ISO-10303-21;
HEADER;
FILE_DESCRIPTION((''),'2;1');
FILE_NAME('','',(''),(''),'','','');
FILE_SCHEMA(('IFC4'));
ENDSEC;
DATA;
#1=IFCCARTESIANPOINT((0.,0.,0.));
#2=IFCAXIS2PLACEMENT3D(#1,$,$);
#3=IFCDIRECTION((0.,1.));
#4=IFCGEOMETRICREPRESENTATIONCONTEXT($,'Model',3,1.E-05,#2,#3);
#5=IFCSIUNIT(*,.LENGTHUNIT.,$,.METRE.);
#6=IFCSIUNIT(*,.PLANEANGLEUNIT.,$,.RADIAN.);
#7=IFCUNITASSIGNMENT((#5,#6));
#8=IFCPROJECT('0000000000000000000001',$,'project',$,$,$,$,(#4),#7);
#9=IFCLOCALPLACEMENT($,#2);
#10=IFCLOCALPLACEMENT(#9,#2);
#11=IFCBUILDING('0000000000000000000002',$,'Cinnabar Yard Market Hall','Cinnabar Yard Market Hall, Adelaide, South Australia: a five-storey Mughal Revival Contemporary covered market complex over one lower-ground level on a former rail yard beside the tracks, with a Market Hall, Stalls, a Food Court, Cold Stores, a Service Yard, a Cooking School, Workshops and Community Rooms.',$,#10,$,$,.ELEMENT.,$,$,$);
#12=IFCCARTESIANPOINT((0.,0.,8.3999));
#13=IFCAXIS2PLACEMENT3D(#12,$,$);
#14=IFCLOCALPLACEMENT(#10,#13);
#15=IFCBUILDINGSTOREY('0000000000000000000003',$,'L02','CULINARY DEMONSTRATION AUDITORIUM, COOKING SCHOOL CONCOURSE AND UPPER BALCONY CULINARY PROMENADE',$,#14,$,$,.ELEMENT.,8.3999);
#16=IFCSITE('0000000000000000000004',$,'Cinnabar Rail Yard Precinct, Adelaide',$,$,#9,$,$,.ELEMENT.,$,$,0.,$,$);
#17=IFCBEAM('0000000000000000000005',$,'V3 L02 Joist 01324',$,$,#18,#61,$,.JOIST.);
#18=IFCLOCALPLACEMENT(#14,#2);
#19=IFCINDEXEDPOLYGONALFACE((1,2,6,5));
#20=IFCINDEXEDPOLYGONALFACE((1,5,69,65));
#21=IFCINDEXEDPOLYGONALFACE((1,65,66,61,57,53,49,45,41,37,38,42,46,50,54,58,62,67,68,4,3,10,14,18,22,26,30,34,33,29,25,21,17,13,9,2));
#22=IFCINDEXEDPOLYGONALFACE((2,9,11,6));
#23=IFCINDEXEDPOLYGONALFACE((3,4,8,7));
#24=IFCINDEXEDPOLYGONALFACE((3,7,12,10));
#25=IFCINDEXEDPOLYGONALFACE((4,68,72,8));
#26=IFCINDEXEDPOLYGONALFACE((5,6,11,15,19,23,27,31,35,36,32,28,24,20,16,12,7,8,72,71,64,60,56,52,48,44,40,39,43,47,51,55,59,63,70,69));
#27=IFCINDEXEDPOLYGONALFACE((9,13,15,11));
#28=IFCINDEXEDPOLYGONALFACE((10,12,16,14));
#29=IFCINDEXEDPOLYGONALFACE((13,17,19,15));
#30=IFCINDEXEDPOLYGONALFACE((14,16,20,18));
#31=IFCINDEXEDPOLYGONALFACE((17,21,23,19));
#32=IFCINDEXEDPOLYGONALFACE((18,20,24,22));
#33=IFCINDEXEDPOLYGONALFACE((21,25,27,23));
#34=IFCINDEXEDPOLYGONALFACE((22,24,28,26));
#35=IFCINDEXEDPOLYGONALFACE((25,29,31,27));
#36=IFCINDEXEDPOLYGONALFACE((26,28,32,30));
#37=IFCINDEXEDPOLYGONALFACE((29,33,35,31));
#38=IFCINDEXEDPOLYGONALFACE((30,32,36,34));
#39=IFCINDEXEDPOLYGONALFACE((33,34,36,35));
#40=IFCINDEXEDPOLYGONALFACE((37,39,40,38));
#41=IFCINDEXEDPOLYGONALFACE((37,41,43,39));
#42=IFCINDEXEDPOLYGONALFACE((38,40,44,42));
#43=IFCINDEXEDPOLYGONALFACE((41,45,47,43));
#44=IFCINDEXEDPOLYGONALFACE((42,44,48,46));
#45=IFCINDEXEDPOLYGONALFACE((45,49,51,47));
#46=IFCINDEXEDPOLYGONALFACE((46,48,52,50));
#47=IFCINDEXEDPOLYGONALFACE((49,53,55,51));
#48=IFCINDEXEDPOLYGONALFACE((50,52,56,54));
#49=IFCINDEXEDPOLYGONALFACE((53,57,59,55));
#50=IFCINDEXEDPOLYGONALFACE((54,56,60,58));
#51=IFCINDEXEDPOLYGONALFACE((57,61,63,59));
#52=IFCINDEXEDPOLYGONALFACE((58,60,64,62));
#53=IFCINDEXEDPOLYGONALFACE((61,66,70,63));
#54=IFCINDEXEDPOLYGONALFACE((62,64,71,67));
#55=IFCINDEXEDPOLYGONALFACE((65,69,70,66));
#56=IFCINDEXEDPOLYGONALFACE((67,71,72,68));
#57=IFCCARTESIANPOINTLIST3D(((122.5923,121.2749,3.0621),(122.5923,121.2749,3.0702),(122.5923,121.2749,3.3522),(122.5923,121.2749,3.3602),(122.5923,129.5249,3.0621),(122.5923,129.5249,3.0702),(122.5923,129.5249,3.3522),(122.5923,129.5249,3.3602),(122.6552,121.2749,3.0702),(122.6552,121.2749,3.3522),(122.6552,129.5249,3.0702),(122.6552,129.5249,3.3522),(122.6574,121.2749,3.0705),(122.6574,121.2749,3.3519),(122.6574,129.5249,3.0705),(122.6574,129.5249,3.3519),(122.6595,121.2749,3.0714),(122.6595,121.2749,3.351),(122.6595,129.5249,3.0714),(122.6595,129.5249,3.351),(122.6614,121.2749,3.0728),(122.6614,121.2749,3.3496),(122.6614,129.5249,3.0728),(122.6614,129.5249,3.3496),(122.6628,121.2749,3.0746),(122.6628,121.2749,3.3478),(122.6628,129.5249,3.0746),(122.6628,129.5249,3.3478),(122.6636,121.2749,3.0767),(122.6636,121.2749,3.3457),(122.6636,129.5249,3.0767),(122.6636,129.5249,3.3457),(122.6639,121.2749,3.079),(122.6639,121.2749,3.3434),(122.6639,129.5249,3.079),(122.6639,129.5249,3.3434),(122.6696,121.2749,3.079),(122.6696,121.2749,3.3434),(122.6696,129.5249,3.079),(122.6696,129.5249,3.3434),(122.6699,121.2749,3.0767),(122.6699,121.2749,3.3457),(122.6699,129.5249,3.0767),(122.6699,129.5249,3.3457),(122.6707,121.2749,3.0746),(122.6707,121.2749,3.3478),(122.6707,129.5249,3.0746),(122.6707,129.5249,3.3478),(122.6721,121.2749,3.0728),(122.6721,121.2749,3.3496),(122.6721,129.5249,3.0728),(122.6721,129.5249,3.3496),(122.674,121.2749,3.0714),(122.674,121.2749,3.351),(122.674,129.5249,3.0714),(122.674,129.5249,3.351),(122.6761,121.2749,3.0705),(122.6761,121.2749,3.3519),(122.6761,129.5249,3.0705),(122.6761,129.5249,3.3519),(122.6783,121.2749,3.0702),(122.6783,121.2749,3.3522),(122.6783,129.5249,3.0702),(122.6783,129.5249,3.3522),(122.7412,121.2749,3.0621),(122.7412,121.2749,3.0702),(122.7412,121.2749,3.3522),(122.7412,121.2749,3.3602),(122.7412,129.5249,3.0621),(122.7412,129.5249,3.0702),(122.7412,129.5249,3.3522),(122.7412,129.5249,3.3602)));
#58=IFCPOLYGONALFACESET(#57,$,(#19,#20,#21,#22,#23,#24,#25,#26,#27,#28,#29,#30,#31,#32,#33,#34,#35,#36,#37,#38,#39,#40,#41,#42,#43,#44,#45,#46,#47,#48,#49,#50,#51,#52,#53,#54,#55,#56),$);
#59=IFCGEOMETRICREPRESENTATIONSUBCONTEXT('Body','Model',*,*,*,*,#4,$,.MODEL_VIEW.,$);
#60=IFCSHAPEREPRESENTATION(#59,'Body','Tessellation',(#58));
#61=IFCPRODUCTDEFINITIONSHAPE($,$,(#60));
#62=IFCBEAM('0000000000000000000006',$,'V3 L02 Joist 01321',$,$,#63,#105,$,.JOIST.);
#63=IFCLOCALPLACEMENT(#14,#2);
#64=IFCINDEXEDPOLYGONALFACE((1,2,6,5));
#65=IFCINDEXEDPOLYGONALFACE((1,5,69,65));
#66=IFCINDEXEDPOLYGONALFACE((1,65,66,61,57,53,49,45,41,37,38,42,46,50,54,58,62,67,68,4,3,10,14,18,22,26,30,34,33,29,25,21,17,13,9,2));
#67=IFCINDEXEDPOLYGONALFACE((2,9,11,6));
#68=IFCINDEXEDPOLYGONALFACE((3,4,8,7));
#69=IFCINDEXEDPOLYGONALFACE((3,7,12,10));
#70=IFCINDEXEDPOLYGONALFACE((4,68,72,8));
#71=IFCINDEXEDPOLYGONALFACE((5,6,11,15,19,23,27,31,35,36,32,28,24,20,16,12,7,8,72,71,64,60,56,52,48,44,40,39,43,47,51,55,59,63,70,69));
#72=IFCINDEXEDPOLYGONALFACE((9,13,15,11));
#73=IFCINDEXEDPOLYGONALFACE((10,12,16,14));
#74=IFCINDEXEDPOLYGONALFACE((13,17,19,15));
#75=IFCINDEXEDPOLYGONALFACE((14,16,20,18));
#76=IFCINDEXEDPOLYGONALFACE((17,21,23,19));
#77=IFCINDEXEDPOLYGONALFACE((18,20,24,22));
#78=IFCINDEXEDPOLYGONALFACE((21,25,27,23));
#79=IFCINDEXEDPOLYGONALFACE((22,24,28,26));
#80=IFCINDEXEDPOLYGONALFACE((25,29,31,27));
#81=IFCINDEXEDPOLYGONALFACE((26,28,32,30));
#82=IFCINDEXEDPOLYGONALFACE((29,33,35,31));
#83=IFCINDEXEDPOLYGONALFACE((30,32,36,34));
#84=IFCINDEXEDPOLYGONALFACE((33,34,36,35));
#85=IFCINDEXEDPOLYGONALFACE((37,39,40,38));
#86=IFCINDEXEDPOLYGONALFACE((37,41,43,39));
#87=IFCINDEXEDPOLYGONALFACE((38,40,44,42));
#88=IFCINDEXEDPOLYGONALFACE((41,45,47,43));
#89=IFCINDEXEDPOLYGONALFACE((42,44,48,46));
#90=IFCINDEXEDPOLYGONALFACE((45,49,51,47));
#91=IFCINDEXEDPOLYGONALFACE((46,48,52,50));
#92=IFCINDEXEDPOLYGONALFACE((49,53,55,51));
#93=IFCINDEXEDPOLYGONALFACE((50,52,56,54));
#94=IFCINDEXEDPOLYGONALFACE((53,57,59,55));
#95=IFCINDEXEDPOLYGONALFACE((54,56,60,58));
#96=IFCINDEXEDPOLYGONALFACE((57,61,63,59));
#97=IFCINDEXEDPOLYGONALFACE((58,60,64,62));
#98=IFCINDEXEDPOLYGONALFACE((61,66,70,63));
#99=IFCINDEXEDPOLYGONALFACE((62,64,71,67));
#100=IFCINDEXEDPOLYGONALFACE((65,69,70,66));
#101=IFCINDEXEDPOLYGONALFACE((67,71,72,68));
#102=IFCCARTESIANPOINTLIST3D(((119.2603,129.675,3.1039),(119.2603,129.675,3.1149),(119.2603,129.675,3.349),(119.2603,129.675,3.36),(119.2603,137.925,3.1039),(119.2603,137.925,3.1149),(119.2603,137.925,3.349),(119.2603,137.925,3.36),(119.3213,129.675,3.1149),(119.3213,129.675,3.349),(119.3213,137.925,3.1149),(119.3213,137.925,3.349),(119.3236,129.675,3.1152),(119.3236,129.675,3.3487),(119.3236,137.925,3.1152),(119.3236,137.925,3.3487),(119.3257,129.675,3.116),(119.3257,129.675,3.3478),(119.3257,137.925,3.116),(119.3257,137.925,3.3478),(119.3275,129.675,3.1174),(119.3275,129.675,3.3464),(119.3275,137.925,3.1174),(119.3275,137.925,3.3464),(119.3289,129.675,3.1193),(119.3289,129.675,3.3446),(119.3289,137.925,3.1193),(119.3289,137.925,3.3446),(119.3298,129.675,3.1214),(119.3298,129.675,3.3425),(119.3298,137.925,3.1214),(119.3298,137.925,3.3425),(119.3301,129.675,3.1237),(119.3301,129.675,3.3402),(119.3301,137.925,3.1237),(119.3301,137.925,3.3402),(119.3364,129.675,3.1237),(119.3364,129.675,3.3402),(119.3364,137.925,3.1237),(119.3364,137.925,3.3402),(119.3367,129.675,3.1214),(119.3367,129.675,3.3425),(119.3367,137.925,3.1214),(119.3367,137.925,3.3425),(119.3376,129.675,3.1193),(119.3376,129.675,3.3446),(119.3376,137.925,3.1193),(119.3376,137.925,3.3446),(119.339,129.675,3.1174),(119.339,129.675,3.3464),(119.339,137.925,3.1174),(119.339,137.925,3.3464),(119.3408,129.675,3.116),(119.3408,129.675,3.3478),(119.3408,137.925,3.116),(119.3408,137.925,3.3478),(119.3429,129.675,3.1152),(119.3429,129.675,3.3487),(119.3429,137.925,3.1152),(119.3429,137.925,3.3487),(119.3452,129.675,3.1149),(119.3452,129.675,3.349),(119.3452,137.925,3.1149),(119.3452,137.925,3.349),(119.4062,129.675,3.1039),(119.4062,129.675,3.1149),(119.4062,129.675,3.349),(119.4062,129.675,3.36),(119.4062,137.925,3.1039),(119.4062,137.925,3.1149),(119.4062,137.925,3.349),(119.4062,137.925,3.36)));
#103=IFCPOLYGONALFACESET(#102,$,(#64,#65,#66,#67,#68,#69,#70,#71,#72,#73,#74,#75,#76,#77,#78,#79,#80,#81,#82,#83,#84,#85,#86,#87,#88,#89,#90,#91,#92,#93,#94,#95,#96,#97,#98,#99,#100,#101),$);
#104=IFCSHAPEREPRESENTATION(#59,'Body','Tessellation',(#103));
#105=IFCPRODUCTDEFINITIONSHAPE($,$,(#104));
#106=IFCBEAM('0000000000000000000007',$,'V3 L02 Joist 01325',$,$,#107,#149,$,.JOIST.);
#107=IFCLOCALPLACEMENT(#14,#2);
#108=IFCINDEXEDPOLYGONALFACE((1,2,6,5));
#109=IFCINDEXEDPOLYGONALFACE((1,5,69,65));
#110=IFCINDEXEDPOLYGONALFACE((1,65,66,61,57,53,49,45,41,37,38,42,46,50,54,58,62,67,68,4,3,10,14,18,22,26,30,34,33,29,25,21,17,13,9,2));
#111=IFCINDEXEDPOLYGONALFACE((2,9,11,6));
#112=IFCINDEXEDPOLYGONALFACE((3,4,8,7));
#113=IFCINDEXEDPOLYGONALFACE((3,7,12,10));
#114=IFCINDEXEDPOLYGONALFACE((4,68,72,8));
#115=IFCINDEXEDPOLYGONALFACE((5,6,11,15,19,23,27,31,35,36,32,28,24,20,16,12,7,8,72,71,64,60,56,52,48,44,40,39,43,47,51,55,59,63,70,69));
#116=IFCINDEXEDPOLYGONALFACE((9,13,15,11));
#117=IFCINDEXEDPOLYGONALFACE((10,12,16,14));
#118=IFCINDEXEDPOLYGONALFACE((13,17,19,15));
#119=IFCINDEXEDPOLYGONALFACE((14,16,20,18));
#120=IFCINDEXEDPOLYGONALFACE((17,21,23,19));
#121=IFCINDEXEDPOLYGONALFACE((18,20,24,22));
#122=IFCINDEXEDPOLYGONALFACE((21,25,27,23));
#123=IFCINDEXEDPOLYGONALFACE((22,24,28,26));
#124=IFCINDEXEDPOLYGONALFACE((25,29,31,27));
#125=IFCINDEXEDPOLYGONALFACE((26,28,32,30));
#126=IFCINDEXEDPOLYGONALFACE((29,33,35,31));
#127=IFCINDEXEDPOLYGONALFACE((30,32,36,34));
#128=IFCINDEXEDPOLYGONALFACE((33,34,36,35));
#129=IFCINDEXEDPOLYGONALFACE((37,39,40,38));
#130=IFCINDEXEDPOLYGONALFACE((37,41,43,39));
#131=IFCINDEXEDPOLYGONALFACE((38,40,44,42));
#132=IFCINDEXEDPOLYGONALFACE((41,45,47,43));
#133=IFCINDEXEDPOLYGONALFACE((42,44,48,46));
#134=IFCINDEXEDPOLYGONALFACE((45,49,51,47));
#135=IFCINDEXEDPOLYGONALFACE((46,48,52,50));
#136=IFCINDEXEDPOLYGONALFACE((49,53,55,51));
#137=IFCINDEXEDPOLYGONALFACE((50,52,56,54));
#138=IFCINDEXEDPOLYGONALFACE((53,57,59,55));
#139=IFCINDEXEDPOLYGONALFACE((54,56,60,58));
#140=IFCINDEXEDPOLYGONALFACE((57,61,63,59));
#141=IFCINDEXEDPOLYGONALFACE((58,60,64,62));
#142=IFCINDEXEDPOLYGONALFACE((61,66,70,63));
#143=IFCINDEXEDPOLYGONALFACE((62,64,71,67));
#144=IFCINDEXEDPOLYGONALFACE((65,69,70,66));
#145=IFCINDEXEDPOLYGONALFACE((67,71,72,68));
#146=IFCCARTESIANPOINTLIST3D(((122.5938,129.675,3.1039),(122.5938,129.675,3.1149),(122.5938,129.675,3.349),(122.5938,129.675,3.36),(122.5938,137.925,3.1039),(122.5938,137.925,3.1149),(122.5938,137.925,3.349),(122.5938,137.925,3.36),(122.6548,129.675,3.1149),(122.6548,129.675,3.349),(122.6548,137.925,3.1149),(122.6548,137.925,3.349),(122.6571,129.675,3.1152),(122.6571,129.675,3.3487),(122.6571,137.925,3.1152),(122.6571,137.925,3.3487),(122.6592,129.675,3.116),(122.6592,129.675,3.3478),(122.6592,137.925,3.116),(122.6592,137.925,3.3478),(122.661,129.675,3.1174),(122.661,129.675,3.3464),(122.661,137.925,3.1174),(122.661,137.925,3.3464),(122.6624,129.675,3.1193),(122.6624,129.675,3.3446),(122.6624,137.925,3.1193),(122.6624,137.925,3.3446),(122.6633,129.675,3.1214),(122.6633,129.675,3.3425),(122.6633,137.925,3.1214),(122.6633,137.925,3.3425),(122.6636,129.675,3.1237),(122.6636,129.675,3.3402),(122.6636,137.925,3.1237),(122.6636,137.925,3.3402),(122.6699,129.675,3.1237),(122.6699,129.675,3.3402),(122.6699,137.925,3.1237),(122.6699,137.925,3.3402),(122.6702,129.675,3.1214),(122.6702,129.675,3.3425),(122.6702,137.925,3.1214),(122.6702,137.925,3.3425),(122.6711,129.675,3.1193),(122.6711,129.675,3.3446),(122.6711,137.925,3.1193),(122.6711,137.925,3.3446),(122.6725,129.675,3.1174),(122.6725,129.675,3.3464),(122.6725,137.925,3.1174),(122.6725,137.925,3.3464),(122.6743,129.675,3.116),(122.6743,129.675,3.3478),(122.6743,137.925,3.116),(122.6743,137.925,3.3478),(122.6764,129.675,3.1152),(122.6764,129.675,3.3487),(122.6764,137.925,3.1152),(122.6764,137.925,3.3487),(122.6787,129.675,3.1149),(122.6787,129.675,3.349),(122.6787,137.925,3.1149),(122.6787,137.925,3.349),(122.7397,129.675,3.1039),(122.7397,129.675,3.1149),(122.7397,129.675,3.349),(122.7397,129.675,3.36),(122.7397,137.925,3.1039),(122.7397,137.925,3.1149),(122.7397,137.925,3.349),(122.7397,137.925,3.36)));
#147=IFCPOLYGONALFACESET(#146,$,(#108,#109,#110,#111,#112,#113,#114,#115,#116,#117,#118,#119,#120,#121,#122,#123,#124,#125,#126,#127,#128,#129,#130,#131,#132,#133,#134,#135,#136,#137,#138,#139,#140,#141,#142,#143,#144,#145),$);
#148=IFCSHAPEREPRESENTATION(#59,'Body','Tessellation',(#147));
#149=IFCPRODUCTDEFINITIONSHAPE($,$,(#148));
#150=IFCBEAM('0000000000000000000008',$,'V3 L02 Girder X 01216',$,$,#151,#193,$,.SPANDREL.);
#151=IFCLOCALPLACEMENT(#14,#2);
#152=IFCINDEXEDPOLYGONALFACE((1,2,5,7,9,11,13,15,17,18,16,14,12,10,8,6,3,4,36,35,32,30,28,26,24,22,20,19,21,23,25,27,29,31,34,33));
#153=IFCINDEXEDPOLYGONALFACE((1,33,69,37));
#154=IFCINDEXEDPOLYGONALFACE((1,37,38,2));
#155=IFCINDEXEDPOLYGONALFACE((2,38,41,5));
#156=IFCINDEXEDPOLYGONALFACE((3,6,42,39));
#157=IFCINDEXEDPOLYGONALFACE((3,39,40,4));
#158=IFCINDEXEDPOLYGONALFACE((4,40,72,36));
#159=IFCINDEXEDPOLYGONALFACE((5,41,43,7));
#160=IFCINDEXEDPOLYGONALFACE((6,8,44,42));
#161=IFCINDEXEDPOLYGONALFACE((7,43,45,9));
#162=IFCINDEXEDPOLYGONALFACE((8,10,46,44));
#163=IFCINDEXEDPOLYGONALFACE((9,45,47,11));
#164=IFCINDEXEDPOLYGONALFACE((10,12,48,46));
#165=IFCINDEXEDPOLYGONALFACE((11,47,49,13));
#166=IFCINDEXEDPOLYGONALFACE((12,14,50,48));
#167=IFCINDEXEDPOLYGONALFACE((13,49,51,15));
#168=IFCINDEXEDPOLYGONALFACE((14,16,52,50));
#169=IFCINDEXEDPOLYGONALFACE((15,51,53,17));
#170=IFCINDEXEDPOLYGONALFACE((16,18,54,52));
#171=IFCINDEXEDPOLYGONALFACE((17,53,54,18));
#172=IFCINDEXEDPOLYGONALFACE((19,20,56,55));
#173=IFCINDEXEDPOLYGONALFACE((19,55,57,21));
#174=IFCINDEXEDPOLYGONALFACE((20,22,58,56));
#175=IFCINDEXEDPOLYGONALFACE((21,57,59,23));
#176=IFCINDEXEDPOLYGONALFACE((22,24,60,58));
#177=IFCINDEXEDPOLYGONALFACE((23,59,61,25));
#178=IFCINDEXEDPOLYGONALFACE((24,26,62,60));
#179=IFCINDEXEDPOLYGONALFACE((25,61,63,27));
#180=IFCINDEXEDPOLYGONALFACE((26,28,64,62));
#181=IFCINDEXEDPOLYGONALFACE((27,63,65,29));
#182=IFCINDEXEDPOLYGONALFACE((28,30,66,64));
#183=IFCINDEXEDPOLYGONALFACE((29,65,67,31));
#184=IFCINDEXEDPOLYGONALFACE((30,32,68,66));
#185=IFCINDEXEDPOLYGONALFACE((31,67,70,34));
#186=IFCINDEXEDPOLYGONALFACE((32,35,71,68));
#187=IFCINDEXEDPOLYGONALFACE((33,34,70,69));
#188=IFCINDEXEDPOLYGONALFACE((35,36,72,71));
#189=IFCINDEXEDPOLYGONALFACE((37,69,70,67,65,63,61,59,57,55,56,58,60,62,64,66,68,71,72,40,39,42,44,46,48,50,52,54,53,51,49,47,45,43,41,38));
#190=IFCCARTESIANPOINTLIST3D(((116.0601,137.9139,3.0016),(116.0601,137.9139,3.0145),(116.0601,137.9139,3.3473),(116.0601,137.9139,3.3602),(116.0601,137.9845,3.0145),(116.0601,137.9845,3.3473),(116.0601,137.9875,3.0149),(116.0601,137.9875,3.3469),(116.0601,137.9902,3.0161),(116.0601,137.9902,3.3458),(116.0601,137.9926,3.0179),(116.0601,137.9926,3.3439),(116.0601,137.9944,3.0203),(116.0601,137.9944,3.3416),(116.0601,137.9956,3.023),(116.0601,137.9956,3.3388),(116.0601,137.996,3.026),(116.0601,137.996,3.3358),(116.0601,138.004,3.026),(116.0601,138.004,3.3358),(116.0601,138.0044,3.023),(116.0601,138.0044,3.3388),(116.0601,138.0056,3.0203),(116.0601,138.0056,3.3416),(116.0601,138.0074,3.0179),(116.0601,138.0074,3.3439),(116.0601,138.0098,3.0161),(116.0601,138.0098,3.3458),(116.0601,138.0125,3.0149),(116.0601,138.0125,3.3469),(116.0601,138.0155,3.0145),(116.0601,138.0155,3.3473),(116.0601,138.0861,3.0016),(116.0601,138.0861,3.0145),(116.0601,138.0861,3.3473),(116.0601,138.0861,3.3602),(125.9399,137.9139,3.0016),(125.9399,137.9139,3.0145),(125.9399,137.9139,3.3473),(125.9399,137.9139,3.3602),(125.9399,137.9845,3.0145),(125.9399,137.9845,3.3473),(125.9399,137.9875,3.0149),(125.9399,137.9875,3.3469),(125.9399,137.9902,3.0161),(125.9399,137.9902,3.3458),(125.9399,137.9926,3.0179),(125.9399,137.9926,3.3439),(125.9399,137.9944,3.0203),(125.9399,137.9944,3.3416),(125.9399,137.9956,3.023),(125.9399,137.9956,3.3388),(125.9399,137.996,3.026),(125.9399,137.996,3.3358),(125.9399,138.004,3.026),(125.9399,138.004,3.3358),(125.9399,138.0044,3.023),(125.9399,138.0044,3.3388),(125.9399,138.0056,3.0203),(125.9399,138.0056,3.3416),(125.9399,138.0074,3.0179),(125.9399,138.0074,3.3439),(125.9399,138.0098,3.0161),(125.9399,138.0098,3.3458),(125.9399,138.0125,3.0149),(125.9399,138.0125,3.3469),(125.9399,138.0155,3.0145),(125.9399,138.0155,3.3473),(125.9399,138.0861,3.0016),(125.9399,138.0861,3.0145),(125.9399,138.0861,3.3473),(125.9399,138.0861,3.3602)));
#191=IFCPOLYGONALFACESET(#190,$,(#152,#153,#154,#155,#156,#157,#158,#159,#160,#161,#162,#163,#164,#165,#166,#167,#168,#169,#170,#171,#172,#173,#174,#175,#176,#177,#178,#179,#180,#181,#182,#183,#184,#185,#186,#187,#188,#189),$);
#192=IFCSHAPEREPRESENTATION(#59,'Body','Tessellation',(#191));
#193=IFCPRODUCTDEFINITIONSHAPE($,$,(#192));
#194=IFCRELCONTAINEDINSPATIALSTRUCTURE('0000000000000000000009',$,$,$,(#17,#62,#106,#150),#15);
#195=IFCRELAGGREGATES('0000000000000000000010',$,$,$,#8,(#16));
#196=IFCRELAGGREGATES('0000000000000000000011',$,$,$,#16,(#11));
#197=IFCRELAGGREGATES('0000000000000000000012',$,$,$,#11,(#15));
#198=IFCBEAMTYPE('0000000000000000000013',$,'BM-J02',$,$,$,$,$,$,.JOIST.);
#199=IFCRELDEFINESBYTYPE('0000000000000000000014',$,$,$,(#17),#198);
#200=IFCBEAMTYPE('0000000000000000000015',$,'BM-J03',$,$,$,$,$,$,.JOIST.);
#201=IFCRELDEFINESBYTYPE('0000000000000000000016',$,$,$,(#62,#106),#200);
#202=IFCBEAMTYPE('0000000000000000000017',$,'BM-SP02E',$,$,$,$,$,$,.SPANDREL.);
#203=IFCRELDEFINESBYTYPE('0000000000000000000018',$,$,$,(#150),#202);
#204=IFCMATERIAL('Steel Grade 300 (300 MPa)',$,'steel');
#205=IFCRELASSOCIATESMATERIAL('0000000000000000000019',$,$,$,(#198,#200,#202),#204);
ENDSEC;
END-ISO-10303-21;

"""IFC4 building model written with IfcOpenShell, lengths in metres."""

from ifc_helpers import new_model, si_unit, direction, frame, origin, origin_2d_with_axis, place, context, subcontext, project, spatial, i_section, extrude, material, material_profile, profile_set, type_object, element, save


model = new_model("IFC4")

# Units and contexts
model_context = context("Model", 3, precision=1e-05, world=origin(), true_north=direction((0.0, 1.0)))
body_context = subcontext(model_context, "Body", "Model", "MODEL_VIEW")
ifc_project = project(units=[si_unit("LENGTHUNIT", "METRE"), si_unit("PLANEANGLEUNIT", "RADIAN")], contexts=[model_context])

# Site, building, storey
site_placement = place(None, origin())
site = spatial("IfcSite", under=ifc_project, at=site_placement, Name="Cinnabar Rail Yard Precinct, Adelaide", CompositionType="ELEMENT", RefElevation=0.0)
building_placement = place(site_placement, origin())
building = spatial("IfcBuilding", under=site, at=building_placement, Name="Cinnabar Yard Market Hall", Description="Cinnabar Yard Market Hall, Adelaide, South Australia: a five-storey Mughal Revival Contemporary covered market complex over one lower-ground level on a former rail yard beside the tracks, with a Market Hall, Stalls, a Food Court, Cold Stores, a Service Yard, a Cooking School, Workshops and Community Rooms.", CompositionType="ELEMENT")
storey_placement = place(building_placement, frame((0.0, 0.0, 8.3999)))
storey = spatial("IfcBuildingStorey", under=building, at=storey_placement, Name="L02", Description="CULINARY DEMONSTRATION AUDITORIUM, COOKING SCHOOL CONCOURSE AND UPPER BALCONY CULINARY PROMENADE", CompositionType="ELEMENT", Elevation=8.3999)

# Beams
ifc_material_1 = material(Name="Steel Grade 300 (300 MPa)", Category="steel")
ifc_material_profile_1 = material_profile(ifc_material_1, i_section(OverallWidth=0.1489, OverallDepth=0.2981, WebThickness=0.0056, FlangeThickness=0.0081, FilletRadius=0.0088, at=origin_2d_with_axis()), Name="310UB32.0")
ifc_profile_set_1 = profile_set([ifc_material_profile_1], Name="Steel Grade 300 (300 MPa)")
beam_type_1 = type_object("IfcBeamType", Name="BM-J02", PredefinedType="JOIST", material=ifc_profile_set_1)
for number, where, z_axis, x_axis, name in (
    (1, (122.6667, 121.2749, 3.2112), (0.0, 1.0, 0.0), (-1.0, 0.0, 0.0), "V3 L02 Joist 01324"),
):
    element("IfcBeam", number, at=place(storey_placement, frame(where, z_axis=z_axis, x_axis=x_axis)), inside=storey, type_object=beam_type_1, Name=name, PredefinedType="JOIST", context=body_context, shape_type="SweptSolid", body=[
        extrude(i_section(OverallWidth=0.1489, OverallDepth=0.2981, WebThickness=0.0056, FlangeThickness=0.0081, FilletRadius=0.0088, at=origin_2d_with_axis()), origin(), (0.0, 0.0, 1.0), 8.25),
    ])
ifc_material_profile_2 = material_profile(ifc_material_1, i_section(OverallWidth=0.146, OverallDepth=0.2561, WebThickness=0.0063, FlangeThickness=0.011, FilletRadius=0.0088, at=origin_2d_with_axis()), Name="250UB37.3")
ifc_profile_set_2 = profile_set([ifc_material_profile_2], Name="Steel Grade 300 (300 MPa)")
beam_type_2 = type_object("IfcBeamType", Name="BM-J03", PredefinedType="JOIST", material=ifc_profile_set_2)
for number, where, z_axis, x_axis, name in (
    (2, (119.3333, 129.675, 3.2319), (0.0, 1.0, 0.0), (-1.0, 0.0, 0.0), "V3 L02 Joist 01321"),
    (3, (122.6667, 129.675, 3.2319), (0.0, 1.0, 0.0), (-1.0, 0.0, 0.0), "V3 L02 Joist 01325"),
):
    element("IfcBeam", number, at=place(storey_placement, frame(where, z_axis=z_axis, x_axis=x_axis)), inside=storey, type_object=beam_type_2, Name=name, PredefinedType="JOIST", context=body_context, shape_type="SweptSolid", body=[
        extrude(i_section(OverallWidth=0.146, OverallDepth=0.2561, WebThickness=0.0063, FlangeThickness=0.011, FilletRadius=0.0088, at=origin_2d_with_axis()), origin(), (0.0, 0.0, 1.0), 8.25),
    ])
ifc_material_profile_3 = material_profile(ifc_material_1, i_section(OverallWidth=0.1721, OverallDepth=0.3586, WebThickness=0.0081, FlangeThickness=0.0129, FilletRadius=0.0115, at=origin_2d_with_axis()), Name="360UB56.7")
ifc_profile_set_3 = profile_set([ifc_material_profile_3], Name="Steel Grade 300 (300 MPa)")
beam_type_3 = type_object("IfcBeamType", Name="BM-SP02E", PredefinedType="SPANDREL", material=ifc_profile_set_3)
for number, where, z_axis, x_axis, name in (
    (4, (116.0601, 138.0, 3.1809), (1.0, 0.0, 0.0), (0.0, 1.0, 0.0), "V3 L02 Girder X 01216"),
):
    element("IfcBeam", number, at=place(storey_placement, frame(where, z_axis=z_axis, x_axis=x_axis)), inside=storey, type_object=beam_type_3, Name=name, PredefinedType="SPANDREL", context=body_context, shape_type="SweptSolid", body=[
        extrude(i_section(OverallWidth=0.1721, OverallDepth=0.3586, WebThickness=0.0081, FlangeThickness=0.0129, FilletRadius=0.0115, at=origin_2d_with_axis()), origin(), (0.0, 0.0, 1.0), 9.8799),
    ])

save(model, "model.ifc")
